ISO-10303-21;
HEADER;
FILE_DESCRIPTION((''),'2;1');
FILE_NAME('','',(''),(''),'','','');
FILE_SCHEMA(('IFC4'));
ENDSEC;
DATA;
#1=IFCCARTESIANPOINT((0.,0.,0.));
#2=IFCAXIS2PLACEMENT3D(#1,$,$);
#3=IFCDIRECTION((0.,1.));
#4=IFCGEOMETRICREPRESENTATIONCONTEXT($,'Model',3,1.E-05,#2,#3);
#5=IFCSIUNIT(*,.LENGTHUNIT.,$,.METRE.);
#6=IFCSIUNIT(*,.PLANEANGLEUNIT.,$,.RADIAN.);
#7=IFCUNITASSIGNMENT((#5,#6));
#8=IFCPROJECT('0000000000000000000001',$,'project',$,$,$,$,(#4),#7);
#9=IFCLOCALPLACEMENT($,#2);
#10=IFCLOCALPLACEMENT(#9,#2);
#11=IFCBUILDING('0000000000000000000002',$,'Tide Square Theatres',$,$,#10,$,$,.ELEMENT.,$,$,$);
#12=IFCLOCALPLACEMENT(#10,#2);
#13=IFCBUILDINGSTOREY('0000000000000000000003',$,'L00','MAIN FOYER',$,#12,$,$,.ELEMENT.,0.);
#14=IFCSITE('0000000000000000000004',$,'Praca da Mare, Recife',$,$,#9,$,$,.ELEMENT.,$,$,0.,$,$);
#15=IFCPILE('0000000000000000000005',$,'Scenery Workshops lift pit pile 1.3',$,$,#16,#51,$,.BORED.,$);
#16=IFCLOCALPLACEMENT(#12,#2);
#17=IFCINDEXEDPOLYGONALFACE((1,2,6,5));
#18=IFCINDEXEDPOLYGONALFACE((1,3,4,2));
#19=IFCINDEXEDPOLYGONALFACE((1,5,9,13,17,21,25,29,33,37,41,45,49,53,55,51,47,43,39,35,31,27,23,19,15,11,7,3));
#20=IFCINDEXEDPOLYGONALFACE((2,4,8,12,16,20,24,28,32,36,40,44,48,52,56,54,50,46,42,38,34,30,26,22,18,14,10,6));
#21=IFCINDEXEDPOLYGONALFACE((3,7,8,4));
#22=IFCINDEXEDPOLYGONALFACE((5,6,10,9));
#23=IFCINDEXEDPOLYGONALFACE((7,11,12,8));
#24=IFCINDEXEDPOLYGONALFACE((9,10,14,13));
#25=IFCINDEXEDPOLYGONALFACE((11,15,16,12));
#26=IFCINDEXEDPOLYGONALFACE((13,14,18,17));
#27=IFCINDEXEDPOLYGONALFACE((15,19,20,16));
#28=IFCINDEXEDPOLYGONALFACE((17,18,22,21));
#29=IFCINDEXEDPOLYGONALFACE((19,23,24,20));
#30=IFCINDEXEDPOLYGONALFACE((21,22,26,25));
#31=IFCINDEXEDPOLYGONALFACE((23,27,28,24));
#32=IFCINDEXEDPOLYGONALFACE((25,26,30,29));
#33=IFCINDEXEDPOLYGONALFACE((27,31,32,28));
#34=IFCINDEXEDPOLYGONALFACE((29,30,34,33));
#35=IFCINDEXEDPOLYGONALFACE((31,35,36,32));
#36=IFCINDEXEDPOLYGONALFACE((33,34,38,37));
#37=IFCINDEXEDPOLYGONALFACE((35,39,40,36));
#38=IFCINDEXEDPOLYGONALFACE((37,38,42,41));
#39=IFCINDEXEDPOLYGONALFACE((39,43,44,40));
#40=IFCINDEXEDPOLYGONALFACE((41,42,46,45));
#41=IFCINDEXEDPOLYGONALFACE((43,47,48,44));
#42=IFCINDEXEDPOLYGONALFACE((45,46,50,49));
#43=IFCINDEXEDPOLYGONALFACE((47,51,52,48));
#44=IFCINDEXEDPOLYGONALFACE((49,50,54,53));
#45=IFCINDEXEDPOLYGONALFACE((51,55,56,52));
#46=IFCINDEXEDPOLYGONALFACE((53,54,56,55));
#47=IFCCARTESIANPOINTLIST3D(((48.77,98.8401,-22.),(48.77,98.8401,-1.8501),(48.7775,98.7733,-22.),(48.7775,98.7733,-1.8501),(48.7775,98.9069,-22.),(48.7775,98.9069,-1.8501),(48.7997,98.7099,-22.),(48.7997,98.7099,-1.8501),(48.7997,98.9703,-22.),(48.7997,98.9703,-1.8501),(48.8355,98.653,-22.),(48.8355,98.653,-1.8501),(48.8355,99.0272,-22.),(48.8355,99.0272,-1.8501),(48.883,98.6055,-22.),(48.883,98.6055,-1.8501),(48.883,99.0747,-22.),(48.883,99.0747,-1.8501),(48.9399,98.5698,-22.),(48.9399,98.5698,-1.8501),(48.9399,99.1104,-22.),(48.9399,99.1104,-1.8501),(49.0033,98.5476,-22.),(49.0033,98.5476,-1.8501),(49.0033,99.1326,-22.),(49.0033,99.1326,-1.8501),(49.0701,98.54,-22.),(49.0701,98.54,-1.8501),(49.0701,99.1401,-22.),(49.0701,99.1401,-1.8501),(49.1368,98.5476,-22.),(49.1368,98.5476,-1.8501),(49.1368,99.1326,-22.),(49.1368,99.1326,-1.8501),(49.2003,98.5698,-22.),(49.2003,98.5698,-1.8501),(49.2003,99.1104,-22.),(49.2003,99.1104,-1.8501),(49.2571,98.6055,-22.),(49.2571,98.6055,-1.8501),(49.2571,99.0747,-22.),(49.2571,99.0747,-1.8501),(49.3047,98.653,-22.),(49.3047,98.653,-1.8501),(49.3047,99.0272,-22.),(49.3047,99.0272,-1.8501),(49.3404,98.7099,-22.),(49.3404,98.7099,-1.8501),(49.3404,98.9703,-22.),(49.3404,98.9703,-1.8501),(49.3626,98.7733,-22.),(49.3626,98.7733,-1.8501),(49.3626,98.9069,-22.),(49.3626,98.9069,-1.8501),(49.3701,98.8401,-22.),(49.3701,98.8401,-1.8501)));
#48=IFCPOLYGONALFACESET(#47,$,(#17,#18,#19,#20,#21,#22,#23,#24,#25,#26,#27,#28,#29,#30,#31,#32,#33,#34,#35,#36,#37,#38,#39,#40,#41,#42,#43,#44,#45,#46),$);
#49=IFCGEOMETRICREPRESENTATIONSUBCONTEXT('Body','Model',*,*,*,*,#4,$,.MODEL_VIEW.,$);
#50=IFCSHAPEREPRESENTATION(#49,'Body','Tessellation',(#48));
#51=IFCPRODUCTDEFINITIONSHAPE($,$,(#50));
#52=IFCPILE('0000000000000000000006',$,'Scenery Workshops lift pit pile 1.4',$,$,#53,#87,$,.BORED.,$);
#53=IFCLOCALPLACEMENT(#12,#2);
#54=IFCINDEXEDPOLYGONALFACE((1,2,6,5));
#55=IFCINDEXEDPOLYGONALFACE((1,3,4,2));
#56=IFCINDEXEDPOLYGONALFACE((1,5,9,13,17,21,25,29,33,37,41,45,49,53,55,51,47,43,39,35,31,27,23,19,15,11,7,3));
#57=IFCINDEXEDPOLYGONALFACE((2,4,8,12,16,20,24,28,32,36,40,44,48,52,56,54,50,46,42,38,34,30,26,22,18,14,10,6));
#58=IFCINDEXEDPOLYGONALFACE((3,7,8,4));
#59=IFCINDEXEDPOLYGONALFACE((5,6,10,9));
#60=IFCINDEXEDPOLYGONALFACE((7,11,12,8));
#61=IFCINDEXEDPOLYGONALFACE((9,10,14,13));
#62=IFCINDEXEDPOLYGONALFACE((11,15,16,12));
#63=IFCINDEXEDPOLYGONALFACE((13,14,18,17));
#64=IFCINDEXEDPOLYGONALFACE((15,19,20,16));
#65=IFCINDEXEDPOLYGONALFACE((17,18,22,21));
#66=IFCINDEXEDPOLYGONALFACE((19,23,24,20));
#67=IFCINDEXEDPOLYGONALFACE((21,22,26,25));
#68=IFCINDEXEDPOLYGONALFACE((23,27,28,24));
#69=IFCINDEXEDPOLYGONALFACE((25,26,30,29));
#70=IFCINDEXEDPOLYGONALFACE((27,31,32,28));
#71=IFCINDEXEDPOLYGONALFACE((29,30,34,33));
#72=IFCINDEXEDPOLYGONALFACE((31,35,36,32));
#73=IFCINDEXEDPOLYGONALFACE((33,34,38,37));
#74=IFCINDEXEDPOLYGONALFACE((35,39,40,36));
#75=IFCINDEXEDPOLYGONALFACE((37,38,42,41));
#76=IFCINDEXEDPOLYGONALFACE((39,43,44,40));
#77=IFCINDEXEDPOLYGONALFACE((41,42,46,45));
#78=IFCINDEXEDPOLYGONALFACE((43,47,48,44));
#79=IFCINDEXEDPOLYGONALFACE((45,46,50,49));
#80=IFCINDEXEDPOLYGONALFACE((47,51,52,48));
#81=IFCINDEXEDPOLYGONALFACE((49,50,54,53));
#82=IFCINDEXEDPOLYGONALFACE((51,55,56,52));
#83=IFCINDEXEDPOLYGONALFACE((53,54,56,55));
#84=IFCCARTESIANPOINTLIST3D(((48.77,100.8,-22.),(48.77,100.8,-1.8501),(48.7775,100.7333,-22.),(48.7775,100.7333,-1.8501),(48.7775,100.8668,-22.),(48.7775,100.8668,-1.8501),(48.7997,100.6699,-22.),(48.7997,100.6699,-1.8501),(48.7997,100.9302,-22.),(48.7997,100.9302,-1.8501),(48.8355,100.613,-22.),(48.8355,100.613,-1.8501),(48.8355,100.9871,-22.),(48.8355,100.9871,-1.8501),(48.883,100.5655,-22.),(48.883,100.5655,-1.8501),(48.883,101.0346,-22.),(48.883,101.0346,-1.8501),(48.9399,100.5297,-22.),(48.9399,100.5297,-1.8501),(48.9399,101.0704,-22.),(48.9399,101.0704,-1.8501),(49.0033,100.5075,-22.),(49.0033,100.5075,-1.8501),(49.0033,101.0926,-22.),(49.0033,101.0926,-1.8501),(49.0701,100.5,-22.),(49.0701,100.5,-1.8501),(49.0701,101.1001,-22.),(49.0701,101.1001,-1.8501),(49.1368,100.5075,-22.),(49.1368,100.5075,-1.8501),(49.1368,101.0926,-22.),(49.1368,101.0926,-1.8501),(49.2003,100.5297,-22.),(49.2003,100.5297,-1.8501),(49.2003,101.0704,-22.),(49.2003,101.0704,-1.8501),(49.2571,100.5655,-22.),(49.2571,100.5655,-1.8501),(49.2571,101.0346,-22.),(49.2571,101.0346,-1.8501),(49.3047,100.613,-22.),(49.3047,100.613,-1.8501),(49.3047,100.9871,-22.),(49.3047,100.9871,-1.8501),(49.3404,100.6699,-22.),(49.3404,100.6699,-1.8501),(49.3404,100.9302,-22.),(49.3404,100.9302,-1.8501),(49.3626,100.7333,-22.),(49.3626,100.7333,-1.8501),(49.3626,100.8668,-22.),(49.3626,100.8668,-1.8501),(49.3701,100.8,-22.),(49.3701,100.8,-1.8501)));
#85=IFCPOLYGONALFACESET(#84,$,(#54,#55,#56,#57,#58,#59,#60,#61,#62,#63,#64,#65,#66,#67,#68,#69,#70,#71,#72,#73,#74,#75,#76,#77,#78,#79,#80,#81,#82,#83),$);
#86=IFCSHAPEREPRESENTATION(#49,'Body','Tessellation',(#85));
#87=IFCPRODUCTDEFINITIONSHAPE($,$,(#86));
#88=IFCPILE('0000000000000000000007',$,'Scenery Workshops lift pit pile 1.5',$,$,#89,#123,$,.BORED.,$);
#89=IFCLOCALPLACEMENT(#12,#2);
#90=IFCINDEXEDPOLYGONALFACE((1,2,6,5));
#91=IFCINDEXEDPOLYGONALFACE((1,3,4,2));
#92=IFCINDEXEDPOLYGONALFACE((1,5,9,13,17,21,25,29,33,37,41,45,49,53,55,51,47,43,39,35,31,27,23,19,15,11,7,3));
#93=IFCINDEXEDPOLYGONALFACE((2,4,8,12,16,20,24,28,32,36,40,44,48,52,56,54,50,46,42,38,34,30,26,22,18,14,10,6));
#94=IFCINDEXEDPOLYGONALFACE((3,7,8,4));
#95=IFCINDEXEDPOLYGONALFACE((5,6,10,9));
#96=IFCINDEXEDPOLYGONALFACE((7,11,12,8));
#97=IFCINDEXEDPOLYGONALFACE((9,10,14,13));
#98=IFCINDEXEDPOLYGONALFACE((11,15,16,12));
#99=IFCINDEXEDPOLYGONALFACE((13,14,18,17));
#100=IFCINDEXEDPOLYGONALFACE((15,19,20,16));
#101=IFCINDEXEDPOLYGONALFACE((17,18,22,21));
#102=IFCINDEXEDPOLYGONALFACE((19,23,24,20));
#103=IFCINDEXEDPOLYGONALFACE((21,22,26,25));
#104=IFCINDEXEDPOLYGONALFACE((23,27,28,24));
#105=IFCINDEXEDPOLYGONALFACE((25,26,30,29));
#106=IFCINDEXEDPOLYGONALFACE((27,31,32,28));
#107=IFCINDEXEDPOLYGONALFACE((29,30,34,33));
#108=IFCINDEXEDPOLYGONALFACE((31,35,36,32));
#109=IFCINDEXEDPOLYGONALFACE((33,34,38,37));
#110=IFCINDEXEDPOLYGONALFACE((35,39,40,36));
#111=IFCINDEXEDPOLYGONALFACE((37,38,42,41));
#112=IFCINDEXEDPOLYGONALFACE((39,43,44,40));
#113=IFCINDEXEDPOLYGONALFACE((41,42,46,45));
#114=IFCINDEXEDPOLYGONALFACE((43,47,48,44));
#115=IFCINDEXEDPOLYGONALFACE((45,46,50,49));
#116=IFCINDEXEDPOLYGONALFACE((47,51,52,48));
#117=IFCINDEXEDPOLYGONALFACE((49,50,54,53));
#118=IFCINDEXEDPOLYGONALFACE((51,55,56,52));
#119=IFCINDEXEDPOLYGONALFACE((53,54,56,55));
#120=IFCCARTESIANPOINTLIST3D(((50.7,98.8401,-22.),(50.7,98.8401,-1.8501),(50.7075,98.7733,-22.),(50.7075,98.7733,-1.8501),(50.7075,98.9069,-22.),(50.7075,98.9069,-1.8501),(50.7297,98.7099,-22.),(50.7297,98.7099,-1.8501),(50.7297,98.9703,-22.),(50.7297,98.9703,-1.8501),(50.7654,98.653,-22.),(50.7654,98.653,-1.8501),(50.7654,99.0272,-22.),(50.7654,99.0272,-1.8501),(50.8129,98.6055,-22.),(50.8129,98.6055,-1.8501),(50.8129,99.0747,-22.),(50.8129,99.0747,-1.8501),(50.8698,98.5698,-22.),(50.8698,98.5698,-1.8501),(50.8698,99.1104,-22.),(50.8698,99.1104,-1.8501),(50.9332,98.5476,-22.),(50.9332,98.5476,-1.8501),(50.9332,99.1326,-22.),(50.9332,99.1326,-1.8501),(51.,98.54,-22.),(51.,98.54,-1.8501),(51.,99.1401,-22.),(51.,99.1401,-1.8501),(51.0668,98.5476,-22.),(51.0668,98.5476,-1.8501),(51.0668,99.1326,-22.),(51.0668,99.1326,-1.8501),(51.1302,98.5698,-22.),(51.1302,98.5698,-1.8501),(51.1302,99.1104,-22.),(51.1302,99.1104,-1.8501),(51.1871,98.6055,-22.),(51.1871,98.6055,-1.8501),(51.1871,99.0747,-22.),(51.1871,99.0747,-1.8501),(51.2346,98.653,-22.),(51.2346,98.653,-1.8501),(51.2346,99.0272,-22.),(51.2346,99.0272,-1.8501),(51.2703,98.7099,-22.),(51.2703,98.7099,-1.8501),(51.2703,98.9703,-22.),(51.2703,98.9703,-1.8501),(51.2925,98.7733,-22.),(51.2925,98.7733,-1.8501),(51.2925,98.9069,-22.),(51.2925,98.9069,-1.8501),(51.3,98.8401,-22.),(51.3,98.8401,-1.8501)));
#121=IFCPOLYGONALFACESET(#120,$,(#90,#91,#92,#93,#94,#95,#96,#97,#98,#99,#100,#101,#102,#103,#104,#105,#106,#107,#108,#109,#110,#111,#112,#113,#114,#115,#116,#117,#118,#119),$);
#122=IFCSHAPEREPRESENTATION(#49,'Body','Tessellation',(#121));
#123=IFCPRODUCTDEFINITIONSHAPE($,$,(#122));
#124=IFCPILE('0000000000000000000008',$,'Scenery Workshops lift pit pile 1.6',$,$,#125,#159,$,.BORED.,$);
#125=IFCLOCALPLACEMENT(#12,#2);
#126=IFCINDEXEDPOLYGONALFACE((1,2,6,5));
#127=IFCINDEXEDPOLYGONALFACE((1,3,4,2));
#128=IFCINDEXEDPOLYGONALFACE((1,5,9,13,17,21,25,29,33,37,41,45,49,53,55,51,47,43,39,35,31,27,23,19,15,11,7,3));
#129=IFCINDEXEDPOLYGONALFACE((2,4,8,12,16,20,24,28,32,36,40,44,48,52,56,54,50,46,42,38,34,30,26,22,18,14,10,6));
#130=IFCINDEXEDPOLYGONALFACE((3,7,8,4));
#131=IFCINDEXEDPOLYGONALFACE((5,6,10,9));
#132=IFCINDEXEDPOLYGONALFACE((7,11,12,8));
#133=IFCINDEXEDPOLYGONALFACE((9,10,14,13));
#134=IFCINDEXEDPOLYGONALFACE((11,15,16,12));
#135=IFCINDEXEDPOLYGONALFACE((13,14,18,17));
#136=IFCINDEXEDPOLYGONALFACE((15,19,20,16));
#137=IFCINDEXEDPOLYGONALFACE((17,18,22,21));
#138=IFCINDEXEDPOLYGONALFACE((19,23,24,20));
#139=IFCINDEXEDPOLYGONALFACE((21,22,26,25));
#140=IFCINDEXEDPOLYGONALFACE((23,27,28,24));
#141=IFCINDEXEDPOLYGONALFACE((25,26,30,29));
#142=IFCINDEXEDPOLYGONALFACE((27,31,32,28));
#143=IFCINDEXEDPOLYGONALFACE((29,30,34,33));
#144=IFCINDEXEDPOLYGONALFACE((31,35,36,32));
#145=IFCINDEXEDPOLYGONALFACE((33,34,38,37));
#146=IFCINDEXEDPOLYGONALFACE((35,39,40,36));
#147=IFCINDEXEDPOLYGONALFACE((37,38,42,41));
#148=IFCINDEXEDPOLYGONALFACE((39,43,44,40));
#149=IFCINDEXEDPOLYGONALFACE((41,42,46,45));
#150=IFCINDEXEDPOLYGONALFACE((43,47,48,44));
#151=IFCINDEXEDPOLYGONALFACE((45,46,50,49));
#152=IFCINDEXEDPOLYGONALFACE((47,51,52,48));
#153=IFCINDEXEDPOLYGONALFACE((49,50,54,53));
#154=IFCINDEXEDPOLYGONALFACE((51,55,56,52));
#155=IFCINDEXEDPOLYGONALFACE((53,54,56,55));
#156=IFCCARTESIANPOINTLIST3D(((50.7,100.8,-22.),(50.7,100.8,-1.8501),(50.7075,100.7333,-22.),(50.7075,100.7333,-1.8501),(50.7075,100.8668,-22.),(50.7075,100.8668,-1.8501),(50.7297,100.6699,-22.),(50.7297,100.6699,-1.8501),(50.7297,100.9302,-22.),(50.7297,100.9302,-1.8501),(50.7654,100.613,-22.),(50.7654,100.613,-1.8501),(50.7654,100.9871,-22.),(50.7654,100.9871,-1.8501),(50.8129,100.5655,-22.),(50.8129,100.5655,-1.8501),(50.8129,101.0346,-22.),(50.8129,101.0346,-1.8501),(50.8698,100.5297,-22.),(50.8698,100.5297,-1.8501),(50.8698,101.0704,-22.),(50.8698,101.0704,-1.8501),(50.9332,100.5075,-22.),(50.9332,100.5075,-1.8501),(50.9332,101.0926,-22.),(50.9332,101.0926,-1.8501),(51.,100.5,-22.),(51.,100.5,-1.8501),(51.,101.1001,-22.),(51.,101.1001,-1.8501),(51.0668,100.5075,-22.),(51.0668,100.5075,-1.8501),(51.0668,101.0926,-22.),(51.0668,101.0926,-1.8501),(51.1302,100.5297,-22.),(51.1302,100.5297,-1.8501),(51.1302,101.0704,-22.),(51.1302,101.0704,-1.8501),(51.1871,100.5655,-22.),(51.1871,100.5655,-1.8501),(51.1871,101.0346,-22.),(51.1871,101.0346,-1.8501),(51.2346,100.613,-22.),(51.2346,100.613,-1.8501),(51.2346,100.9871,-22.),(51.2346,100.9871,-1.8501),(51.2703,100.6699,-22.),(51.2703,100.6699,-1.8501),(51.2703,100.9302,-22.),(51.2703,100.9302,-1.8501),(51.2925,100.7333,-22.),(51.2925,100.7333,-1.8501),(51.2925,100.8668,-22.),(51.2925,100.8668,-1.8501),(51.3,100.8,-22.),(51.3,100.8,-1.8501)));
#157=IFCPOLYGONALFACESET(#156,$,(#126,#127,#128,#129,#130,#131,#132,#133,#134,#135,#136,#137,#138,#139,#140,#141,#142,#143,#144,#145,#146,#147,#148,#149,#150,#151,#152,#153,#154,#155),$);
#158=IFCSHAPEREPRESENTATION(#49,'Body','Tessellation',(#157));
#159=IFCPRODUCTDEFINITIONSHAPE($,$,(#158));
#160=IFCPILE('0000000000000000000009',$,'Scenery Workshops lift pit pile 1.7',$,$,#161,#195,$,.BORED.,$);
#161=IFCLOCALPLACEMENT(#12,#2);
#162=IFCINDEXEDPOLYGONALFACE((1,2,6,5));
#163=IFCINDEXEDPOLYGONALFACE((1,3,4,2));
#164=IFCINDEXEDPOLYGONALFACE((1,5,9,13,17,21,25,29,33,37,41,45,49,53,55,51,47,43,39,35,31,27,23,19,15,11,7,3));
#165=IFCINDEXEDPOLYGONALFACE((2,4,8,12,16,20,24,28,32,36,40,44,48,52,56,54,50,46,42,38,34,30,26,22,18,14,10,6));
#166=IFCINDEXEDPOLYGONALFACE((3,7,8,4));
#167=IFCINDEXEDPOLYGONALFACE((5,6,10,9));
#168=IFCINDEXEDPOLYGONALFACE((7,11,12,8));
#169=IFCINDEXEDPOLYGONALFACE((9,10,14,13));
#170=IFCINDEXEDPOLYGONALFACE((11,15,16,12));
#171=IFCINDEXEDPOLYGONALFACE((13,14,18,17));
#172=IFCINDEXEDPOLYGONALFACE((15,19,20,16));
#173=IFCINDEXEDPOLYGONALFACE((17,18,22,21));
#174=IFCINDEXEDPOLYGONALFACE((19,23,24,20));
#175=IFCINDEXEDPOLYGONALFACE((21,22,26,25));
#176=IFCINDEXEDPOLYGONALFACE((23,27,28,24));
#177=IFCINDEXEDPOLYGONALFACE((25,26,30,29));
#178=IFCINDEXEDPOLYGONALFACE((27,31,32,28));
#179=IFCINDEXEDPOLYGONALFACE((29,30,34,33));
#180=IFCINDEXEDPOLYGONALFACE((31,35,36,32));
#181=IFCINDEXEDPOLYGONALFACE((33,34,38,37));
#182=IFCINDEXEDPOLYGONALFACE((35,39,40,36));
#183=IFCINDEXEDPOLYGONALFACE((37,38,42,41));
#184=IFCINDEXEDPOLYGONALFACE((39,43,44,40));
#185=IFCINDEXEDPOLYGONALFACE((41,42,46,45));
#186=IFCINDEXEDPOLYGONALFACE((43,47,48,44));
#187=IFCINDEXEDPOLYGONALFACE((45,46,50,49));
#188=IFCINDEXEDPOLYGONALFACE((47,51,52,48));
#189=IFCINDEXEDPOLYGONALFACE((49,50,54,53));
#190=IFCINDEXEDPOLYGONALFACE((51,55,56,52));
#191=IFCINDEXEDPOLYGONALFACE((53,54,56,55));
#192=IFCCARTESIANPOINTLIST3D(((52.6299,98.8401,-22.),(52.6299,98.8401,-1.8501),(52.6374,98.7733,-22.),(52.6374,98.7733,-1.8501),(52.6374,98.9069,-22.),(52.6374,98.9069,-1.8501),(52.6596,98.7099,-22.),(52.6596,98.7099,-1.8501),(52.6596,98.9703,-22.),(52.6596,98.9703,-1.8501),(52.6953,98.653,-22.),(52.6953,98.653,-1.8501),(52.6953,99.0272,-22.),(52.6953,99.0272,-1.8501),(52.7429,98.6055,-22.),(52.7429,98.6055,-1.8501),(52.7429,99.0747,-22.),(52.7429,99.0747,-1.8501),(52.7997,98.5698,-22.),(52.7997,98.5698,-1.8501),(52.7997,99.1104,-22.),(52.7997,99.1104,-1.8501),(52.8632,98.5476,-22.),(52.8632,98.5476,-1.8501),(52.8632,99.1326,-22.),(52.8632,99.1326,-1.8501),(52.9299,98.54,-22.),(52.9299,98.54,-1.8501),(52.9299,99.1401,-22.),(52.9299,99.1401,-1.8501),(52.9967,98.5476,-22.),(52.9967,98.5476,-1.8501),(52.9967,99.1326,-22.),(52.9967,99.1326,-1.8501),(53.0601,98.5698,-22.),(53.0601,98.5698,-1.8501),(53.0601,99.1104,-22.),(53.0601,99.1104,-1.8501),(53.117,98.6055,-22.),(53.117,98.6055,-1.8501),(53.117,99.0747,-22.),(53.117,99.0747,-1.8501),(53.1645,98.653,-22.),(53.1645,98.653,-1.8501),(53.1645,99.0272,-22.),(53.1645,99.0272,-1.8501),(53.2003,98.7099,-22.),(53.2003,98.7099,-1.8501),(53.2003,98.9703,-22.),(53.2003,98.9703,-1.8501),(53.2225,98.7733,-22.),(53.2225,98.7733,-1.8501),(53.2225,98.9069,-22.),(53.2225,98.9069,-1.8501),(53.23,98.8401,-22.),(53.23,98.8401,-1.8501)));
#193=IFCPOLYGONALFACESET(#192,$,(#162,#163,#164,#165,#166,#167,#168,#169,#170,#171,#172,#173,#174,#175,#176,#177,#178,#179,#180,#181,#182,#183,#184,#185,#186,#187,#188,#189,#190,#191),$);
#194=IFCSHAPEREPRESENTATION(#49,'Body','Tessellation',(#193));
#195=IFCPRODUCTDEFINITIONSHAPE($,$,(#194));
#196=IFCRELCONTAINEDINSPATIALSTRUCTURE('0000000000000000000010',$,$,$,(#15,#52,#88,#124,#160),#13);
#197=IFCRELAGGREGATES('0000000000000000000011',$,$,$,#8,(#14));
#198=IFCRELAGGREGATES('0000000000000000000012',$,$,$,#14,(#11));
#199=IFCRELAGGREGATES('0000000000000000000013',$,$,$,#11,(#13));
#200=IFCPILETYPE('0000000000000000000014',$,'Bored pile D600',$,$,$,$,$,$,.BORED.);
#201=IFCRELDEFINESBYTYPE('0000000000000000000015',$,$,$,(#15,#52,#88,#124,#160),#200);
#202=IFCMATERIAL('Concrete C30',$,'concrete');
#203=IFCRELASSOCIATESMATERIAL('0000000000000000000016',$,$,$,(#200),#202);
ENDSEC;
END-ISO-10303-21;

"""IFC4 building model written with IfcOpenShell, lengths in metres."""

from ifc_helpers import new_model, si_unit, direction, frame, origin, origin_2d, place, context, subcontext, project, spatial, circle, extrude, material, material_profile, profile_set, type_object, element, save


model = new_model("IFC4")

# Units and contexts
model_context = context("Model", 3, precision=1e-05, world=origin(), true_north=direction((0.0, 1.0)))
body_context = subcontext(model_context, "Body", "Model", "MODEL_VIEW")
ifc_project = project(units=[si_unit("LENGTHUNIT", "METRE"), si_unit("PLANEANGLEUNIT", "RADIAN")], contexts=[model_context])

# Site, building, storey
site_placement = place(None, origin())
site = spatial("IfcSite", under=ifc_project, at=site_placement, Name="Praca da Mare, Recife", CompositionType="ELEMENT", RefElevation=0.0)
building_placement = place(site_placement, origin())
building = spatial("IfcBuilding", under=site, at=building_placement, Name="Tide Square Theatres", CompositionType="ELEMENT")
storey_placement = place(building_placement, origin())
storey = spatial("IfcBuildingStorey", under=building, at=storey_placement, Name="L00", Description="MAIN FOYER", CompositionType="ELEMENT", Elevation=0.0)

# Piles
ifc_material_1 = material(Name="Concrete C30", Category="concrete")
ifc_material_profile_1 = material_profile(ifc_material_1, circle(Radius=0.3, at=origin_2d()))
ifc_profile_set_1 = profile_set([ifc_material_profile_1], Name="Concrete C30")
pile_type = type_object("IfcPileType", Name="Bored pile D600", PredefinedType="BORED", material=ifc_profile_set_1)
for number, where, z_axis, x_axis, name in (
    (1, (49.0701, 98.8401, -1.8501), (0.0, 0.0, -1.0), (1.0, 0.0, 0.0), "Scenery Workshops lift pit pile 1.3"),
    (2, (49.0701, 100.8, -1.8501), (0.0, 0.0, -1.0), (1.0, 0.0, 0.0), "Scenery Workshops lift pit pile 1.4"),
    (3, (51.0, 98.8401, -1.8501), (0.0, 0.0, -1.0), (1.0, 0.0, 0.0), "Scenery Workshops lift pit pile 1.5"),
    (4, (51.0, 100.8, -1.8501), (0.0, 0.0, -1.0), (1.0, 0.0, 0.0), "Scenery Workshops lift pit pile 1.6"),
    (5, (52.9299, 98.8401, -1.8501), (0.0, 0.0, -1.0), (1.0, 0.0, 0.0), "Scenery Workshops lift pit pile 1.7"),
):
    element("IfcPile", number, at=place(storey_placement, frame(where, z_axis=z_axis, x_axis=x_axis)), inside=storey, type_object=pile_type, Name=name, PredefinedType="BORED", context=body_context, shape_type="SweptSolid", body=[
        extrude(circle(Radius=0.3, at=origin_2d()), origin(), (0.0, 0.0, 1.0), 20.1499),
    ])

save(model, "model.ifc")
